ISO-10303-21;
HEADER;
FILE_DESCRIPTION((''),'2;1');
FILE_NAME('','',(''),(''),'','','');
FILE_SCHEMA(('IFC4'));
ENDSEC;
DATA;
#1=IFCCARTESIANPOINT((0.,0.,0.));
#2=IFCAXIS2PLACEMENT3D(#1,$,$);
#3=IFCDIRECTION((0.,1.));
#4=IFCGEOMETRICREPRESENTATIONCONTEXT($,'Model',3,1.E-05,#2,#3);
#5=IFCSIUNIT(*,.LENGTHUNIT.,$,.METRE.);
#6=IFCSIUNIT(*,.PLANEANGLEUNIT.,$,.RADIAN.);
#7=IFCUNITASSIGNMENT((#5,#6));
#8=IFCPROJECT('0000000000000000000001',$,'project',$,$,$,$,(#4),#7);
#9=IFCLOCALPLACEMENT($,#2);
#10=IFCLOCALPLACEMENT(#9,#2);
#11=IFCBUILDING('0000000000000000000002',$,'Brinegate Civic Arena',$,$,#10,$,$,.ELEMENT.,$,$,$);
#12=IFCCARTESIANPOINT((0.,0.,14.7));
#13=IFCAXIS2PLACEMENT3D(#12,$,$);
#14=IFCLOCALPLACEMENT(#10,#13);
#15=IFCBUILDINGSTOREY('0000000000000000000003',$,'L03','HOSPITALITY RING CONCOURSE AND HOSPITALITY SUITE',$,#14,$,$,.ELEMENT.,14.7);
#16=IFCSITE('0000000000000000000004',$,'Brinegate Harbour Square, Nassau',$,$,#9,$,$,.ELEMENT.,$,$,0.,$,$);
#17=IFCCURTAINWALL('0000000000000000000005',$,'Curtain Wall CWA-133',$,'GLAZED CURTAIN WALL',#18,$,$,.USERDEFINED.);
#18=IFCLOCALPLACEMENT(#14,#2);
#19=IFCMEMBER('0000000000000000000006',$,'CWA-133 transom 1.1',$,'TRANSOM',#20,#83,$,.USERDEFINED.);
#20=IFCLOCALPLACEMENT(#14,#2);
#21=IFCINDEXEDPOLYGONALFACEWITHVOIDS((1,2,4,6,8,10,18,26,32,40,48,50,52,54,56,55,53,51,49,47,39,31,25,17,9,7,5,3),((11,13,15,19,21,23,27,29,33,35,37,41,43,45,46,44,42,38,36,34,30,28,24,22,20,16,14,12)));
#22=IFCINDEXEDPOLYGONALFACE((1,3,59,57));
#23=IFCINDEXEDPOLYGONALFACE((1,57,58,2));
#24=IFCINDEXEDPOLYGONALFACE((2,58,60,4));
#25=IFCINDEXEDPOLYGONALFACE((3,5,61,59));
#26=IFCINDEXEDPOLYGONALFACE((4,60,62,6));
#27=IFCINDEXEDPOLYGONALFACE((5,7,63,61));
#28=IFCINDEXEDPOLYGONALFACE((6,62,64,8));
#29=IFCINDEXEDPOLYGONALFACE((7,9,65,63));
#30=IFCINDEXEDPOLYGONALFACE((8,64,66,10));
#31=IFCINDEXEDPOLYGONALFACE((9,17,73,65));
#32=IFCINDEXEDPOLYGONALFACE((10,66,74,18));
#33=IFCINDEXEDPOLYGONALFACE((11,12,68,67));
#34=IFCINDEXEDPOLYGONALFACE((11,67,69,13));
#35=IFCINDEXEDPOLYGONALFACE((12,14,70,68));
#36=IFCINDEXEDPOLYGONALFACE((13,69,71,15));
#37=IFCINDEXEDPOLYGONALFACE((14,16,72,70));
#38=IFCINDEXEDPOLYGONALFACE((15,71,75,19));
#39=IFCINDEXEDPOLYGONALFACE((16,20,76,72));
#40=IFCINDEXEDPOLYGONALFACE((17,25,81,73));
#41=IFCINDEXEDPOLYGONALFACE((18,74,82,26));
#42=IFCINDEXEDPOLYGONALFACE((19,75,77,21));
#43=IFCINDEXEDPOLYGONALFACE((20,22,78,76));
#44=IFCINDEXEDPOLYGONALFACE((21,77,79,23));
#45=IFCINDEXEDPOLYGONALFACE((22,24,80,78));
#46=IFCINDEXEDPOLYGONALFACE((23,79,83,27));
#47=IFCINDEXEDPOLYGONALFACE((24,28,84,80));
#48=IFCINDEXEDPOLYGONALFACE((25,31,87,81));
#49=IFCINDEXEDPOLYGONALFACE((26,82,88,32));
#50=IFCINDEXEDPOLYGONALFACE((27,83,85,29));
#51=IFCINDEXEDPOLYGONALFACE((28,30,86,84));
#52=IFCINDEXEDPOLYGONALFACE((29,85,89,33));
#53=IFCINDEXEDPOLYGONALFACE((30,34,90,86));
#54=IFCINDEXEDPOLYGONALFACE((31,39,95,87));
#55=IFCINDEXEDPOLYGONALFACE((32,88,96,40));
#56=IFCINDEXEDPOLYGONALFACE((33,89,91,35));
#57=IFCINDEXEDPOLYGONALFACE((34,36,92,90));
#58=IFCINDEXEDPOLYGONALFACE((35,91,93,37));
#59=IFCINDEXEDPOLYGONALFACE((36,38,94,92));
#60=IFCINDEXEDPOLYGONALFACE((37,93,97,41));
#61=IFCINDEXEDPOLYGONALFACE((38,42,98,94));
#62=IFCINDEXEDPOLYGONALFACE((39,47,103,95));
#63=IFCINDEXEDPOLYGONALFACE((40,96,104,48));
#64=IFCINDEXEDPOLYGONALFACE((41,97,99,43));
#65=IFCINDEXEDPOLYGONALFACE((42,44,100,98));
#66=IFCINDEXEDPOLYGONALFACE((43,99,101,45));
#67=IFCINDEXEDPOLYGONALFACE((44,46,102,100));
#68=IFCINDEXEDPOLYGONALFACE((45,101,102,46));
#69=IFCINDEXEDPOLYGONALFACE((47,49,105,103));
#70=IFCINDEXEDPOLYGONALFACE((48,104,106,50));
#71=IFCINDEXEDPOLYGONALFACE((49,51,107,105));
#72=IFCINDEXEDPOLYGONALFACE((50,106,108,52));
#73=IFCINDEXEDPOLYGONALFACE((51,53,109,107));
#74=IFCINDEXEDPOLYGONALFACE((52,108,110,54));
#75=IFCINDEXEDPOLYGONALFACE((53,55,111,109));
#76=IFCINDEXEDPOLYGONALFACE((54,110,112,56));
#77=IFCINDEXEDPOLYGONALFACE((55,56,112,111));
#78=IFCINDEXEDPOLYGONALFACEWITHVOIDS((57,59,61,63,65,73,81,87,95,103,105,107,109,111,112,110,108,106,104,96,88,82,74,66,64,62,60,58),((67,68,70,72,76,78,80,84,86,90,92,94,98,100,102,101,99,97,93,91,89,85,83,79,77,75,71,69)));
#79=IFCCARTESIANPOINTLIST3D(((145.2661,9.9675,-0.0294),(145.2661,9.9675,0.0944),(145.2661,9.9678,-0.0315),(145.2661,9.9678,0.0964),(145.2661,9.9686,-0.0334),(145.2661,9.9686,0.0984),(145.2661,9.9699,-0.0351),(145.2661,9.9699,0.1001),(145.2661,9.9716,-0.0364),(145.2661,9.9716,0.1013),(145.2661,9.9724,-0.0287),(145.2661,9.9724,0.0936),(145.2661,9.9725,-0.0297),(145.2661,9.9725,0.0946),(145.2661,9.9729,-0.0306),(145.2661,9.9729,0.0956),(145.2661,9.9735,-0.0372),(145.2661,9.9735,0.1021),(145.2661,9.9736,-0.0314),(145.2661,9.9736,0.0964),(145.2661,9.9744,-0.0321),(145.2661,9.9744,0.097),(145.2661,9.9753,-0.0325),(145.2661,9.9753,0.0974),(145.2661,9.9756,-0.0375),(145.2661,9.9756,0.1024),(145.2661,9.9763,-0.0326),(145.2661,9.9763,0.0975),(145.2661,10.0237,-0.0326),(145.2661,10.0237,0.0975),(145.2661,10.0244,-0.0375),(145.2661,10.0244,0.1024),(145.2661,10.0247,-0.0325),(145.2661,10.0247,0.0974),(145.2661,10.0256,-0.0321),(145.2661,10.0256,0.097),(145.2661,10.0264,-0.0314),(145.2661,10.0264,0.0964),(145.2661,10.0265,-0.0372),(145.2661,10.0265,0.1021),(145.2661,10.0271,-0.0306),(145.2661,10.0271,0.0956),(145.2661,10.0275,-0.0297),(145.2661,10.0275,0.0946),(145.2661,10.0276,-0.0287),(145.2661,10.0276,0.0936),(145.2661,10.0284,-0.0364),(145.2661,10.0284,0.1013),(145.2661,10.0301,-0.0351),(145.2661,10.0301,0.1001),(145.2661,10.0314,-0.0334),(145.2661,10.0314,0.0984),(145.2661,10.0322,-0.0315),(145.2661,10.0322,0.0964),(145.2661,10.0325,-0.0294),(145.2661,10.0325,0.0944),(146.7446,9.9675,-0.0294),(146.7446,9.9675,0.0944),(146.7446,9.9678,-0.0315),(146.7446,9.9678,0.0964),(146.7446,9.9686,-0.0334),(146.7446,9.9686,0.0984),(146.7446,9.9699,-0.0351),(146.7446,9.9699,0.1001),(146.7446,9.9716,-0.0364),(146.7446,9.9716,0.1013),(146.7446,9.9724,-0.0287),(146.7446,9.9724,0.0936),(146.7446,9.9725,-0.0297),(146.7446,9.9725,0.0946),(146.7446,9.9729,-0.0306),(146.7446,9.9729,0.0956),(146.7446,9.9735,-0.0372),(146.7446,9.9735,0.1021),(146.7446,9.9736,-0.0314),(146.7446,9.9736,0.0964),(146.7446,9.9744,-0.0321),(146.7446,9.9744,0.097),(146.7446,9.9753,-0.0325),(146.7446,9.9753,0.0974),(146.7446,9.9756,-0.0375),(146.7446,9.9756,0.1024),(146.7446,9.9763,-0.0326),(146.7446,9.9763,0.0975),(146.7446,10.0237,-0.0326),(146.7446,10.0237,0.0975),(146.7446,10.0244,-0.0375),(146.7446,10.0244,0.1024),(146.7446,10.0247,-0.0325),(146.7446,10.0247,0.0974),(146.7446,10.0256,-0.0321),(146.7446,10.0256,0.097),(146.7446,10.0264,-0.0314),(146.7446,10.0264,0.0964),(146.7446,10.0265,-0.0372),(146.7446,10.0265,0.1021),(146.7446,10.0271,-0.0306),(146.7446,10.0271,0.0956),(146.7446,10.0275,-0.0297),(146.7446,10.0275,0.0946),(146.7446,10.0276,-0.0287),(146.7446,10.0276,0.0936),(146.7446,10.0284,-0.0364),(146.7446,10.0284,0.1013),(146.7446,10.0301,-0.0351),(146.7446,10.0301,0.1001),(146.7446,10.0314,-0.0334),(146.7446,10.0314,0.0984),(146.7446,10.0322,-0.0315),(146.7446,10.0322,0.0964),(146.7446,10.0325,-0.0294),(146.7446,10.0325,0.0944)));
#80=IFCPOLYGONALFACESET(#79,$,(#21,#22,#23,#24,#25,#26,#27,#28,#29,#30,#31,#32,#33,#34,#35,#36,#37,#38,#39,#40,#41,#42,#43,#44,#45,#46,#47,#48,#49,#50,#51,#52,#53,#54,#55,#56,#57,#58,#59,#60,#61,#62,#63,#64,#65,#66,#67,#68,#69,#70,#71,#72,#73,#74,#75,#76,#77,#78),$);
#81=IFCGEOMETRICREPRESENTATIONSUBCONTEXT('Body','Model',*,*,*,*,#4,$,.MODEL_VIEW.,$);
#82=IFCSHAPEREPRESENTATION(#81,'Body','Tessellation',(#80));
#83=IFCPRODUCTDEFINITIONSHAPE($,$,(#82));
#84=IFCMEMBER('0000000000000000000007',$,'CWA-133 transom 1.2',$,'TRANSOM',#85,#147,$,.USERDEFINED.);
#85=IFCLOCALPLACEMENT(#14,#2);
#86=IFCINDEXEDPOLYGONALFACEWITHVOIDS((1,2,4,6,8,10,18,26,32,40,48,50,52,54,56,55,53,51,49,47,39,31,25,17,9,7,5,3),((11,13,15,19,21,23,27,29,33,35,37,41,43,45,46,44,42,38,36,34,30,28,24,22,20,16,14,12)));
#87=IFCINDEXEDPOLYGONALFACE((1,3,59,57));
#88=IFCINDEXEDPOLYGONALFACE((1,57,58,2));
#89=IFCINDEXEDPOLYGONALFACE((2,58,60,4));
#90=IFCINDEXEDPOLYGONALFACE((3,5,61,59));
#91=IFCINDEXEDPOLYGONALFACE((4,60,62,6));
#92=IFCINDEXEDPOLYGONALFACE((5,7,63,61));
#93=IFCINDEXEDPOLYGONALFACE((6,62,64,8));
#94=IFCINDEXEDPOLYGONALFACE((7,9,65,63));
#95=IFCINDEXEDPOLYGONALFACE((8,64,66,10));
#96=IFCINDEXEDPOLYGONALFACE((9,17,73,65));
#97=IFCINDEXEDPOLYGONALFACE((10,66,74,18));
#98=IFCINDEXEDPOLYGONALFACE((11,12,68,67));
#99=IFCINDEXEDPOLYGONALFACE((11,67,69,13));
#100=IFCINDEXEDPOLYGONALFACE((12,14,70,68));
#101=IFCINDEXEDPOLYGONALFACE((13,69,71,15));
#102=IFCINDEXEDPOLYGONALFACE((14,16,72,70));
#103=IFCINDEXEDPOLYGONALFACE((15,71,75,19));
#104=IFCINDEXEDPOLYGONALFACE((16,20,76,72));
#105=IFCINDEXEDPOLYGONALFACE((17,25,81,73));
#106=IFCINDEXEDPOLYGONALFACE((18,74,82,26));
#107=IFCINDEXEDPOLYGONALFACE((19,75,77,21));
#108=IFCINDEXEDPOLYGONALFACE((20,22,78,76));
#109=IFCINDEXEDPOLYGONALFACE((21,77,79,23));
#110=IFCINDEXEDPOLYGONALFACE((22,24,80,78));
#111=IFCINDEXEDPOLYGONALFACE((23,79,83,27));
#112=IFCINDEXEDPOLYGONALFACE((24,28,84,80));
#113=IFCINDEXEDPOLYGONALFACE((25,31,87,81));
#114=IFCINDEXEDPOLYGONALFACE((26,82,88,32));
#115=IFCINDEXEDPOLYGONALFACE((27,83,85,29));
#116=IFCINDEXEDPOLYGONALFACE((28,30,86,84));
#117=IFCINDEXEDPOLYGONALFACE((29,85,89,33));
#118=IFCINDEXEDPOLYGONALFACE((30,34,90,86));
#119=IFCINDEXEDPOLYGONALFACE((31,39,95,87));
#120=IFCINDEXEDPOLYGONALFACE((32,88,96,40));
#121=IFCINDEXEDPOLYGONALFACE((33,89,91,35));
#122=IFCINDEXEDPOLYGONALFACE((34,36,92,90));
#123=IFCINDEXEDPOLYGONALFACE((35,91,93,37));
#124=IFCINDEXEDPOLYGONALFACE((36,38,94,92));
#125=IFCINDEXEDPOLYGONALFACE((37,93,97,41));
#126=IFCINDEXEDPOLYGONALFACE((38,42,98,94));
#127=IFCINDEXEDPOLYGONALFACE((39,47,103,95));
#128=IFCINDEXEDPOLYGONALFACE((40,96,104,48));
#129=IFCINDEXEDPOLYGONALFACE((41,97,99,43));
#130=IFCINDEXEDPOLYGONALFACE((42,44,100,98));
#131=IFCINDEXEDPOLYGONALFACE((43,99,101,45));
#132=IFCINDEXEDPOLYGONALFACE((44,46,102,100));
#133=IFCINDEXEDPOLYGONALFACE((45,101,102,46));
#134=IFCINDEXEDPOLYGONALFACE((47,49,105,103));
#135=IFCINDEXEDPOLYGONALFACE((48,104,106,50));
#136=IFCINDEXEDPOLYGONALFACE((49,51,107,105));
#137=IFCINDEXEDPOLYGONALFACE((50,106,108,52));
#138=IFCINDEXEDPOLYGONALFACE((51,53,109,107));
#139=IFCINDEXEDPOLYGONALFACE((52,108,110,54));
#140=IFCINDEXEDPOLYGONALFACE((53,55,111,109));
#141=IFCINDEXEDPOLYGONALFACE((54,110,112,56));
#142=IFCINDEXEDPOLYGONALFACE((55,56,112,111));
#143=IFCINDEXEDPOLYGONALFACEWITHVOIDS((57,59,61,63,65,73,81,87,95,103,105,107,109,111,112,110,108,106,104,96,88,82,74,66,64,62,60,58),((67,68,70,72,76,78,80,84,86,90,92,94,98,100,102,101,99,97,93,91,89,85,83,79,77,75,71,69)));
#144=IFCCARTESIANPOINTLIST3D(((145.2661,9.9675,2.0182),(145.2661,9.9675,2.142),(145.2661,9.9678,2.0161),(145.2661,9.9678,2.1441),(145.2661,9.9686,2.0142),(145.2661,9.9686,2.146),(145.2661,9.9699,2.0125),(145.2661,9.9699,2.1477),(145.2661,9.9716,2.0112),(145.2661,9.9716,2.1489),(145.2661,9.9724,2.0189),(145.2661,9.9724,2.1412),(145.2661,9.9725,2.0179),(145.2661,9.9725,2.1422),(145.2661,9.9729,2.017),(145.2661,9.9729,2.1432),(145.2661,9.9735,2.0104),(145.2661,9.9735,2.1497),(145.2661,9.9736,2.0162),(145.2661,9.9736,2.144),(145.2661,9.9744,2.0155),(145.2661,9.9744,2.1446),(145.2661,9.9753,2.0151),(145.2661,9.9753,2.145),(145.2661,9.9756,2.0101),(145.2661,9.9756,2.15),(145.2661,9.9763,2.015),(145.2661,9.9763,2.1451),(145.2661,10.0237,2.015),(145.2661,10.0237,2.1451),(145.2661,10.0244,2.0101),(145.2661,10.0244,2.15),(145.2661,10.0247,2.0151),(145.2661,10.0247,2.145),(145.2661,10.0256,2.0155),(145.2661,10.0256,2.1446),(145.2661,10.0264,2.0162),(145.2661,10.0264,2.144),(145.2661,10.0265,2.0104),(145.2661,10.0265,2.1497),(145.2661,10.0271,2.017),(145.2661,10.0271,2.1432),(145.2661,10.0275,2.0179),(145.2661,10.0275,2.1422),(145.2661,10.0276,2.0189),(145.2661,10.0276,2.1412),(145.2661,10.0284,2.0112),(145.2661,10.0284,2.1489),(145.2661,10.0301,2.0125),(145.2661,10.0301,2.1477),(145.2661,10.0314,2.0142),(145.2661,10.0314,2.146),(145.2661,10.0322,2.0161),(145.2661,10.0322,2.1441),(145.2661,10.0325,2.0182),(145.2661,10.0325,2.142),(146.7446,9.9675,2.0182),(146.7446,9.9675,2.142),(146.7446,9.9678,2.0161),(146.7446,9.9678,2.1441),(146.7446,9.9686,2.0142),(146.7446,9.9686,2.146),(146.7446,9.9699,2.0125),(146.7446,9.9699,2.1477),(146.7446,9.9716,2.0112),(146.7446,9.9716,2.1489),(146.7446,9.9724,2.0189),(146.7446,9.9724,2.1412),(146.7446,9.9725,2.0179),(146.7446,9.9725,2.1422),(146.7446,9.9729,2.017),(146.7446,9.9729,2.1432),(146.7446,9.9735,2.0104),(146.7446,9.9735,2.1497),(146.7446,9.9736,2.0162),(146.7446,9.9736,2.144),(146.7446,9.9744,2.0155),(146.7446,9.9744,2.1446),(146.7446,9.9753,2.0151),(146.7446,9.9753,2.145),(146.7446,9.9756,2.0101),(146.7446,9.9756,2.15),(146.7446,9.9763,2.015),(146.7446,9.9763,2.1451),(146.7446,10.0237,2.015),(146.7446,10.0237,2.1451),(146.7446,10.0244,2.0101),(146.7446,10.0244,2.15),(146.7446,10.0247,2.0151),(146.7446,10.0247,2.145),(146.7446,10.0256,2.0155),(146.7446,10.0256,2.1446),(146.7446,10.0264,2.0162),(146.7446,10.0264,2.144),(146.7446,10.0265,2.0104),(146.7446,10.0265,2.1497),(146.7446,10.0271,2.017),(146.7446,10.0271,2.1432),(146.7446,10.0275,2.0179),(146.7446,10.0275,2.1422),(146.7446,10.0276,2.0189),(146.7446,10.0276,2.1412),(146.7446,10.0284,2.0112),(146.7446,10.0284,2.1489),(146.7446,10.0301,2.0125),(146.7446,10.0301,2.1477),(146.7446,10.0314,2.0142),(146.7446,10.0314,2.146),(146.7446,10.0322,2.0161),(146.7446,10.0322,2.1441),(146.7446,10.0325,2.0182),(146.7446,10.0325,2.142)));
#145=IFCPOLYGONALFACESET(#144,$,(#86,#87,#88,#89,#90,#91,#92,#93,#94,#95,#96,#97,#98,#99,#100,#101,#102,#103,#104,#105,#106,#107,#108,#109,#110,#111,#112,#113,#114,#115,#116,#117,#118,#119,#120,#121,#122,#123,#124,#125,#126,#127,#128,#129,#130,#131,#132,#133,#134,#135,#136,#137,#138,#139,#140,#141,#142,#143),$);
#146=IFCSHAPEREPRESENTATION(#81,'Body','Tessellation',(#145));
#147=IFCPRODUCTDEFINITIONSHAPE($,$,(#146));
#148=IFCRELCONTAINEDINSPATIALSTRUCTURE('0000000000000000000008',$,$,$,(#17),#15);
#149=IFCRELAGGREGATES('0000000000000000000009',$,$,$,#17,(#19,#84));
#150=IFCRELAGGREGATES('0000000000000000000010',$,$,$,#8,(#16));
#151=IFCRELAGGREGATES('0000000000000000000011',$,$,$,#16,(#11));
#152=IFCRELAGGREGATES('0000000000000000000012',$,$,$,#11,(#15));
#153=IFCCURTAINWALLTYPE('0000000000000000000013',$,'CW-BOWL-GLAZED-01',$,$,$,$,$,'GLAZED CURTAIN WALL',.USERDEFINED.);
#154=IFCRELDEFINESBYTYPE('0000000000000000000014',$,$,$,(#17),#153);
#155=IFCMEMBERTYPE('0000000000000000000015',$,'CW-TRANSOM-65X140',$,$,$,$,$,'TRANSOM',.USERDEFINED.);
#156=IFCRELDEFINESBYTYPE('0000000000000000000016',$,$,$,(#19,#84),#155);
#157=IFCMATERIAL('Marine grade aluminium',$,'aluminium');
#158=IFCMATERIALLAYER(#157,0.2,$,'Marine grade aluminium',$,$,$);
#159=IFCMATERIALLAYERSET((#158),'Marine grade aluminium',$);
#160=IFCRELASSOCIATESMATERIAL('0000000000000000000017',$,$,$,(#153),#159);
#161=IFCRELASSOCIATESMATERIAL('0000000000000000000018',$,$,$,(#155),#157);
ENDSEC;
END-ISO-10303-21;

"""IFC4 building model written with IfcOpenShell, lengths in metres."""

from ifc_helpers import new_model, si_unit, direction, frame, origin, origin_2d, place, context, subcontext, project, spatial, hollow_rectangle, extrude, material, layer, layer_set, material_profile, profile_set, type_object, element, aggregate, save


model = new_model("IFC4")

# Units and contexts
model_context = context("Model", 3, precision=1e-05, world=origin(), true_north=direction((0.0, 1.0)))
body_context = subcontext(model_context, "Body", "Model", "MODEL_VIEW")
ifc_project = project(units=[si_unit("LENGTHUNIT", "METRE"), si_unit("PLANEANGLEUNIT", "RADIAN")], contexts=[model_context])

# Site, building, storey
site_placement = place(None, origin())
site = spatial("IfcSite", under=ifc_project, at=site_placement, Name="Brinegate Harbour Square, Nassau", CompositionType="ELEMENT", RefElevation=0.0)
building_placement = place(site_placement, origin())
building = spatial("IfcBuilding", under=site, at=building_placement, Name="Brinegate Civic Arena", CompositionType="ELEMENT")
storey_placement = place(building_placement, frame((0.0, 0.0, 14.7)))
storey = spatial("IfcBuildingStorey", under=building, at=storey_placement, Name="L03", Description="HOSPITALITY RING CONCOURSE AND HOSPITALITY SUITE", CompositionType="ELEMENT", Elevation=14.7)

# Curtain wall, members
ifc_material_1 = material(Name="Marine grade aluminium", Category="aluminium")
ifc_layer_1 = layer(ifc_material_1, 0.2, Name="Marine grade aluminium")
ifc_layer_set_1 = layer_set([ifc_layer_1], Name="Marine grade aluminium")
curtain_wall_type_1 = type_object("IfcCurtainWallType", Name="CW-BOWL-GLAZED-01", ElementType="GLAZED CURTAIN WALL", PredefinedType="USERDEFINED", material=ifc_layer_set_1)
curtain_wall_1_placement = place(storey_placement, origin())
curtain_wall_1 = element("IfcCurtainWall", 1, at=curtain_wall_1_placement, inside=storey, type_object=curtain_wall_type_1, Name="Curtain Wall CWA-133", ObjectType="GLAZED CURTAIN WALL", PredefinedType="USERDEFINED")
ifc_material_profile_1 = material_profile(ifc_material_1, hollow_rectangle(XDim=0.0649, YDim=0.1399, WallThickness=0.0049, InnerFilletRadius=0.0039, OuterFilletRadius=0.0081, at=origin_2d()), Name="TRN65X140")
ifc_profile_set_1 = profile_set([ifc_material_profile_1], Name="Marine grade aluminium")
member_type_1 = type_object("IfcMemberType", Name="CW-TRANSOM-65X140", ElementType="TRANSOM", PredefinedType="USERDEFINED", material=ifc_profile_set_1)
member_1_placement = place(storey_placement, frame((145.2661, 10.0, 0.0325), z_axis=(1.0, 0.0, 0.0), x_axis=(0.0, 1.0, 0.0)))
member_1 = element("IfcMember", 2, at=member_1_placement, type_object=member_type_1, Name="CWA-133 transom 1.1", ObjectType="TRANSOM", PredefinedType="USERDEFINED", context=body_context, shape_type="SweptSolid", body=[
    extrude(hollow_rectangle(XDim=0.0649, YDim=0.1399, WallThickness=0.0049, InnerFilletRadius=0.0039, OuterFilletRadius=0.0081, at=origin_2d()), origin(), (0.0, 0.0, 1.0), 1.4785),
])
member_2_placement = place(storey_placement, frame((145.2661, 10.0, 2.0801), z_axis=(1.0, 0.0, 0.0), x_axis=(0.0, 1.0, 0.0)))
member_2 = element("IfcMember", 3, at=member_2_placement, type_object=member_type_1, Name="CWA-133 transom 1.2", ObjectType="TRANSOM", PredefinedType="USERDEFINED", context=body_context, shape_type="SweptSolid", body=[
    extrude(hollow_rectangle(XDim=0.0649, YDim=0.1399, WallThickness=0.0049, InnerFilletRadius=0.0039, OuterFilletRadius=0.0081, at=origin_2d()), origin(), (0.0, 0.0, 1.0), 1.4785),
])

aggregate(curtain_wall_1, [member_1, member_2])

save(model, "model.ifc")
